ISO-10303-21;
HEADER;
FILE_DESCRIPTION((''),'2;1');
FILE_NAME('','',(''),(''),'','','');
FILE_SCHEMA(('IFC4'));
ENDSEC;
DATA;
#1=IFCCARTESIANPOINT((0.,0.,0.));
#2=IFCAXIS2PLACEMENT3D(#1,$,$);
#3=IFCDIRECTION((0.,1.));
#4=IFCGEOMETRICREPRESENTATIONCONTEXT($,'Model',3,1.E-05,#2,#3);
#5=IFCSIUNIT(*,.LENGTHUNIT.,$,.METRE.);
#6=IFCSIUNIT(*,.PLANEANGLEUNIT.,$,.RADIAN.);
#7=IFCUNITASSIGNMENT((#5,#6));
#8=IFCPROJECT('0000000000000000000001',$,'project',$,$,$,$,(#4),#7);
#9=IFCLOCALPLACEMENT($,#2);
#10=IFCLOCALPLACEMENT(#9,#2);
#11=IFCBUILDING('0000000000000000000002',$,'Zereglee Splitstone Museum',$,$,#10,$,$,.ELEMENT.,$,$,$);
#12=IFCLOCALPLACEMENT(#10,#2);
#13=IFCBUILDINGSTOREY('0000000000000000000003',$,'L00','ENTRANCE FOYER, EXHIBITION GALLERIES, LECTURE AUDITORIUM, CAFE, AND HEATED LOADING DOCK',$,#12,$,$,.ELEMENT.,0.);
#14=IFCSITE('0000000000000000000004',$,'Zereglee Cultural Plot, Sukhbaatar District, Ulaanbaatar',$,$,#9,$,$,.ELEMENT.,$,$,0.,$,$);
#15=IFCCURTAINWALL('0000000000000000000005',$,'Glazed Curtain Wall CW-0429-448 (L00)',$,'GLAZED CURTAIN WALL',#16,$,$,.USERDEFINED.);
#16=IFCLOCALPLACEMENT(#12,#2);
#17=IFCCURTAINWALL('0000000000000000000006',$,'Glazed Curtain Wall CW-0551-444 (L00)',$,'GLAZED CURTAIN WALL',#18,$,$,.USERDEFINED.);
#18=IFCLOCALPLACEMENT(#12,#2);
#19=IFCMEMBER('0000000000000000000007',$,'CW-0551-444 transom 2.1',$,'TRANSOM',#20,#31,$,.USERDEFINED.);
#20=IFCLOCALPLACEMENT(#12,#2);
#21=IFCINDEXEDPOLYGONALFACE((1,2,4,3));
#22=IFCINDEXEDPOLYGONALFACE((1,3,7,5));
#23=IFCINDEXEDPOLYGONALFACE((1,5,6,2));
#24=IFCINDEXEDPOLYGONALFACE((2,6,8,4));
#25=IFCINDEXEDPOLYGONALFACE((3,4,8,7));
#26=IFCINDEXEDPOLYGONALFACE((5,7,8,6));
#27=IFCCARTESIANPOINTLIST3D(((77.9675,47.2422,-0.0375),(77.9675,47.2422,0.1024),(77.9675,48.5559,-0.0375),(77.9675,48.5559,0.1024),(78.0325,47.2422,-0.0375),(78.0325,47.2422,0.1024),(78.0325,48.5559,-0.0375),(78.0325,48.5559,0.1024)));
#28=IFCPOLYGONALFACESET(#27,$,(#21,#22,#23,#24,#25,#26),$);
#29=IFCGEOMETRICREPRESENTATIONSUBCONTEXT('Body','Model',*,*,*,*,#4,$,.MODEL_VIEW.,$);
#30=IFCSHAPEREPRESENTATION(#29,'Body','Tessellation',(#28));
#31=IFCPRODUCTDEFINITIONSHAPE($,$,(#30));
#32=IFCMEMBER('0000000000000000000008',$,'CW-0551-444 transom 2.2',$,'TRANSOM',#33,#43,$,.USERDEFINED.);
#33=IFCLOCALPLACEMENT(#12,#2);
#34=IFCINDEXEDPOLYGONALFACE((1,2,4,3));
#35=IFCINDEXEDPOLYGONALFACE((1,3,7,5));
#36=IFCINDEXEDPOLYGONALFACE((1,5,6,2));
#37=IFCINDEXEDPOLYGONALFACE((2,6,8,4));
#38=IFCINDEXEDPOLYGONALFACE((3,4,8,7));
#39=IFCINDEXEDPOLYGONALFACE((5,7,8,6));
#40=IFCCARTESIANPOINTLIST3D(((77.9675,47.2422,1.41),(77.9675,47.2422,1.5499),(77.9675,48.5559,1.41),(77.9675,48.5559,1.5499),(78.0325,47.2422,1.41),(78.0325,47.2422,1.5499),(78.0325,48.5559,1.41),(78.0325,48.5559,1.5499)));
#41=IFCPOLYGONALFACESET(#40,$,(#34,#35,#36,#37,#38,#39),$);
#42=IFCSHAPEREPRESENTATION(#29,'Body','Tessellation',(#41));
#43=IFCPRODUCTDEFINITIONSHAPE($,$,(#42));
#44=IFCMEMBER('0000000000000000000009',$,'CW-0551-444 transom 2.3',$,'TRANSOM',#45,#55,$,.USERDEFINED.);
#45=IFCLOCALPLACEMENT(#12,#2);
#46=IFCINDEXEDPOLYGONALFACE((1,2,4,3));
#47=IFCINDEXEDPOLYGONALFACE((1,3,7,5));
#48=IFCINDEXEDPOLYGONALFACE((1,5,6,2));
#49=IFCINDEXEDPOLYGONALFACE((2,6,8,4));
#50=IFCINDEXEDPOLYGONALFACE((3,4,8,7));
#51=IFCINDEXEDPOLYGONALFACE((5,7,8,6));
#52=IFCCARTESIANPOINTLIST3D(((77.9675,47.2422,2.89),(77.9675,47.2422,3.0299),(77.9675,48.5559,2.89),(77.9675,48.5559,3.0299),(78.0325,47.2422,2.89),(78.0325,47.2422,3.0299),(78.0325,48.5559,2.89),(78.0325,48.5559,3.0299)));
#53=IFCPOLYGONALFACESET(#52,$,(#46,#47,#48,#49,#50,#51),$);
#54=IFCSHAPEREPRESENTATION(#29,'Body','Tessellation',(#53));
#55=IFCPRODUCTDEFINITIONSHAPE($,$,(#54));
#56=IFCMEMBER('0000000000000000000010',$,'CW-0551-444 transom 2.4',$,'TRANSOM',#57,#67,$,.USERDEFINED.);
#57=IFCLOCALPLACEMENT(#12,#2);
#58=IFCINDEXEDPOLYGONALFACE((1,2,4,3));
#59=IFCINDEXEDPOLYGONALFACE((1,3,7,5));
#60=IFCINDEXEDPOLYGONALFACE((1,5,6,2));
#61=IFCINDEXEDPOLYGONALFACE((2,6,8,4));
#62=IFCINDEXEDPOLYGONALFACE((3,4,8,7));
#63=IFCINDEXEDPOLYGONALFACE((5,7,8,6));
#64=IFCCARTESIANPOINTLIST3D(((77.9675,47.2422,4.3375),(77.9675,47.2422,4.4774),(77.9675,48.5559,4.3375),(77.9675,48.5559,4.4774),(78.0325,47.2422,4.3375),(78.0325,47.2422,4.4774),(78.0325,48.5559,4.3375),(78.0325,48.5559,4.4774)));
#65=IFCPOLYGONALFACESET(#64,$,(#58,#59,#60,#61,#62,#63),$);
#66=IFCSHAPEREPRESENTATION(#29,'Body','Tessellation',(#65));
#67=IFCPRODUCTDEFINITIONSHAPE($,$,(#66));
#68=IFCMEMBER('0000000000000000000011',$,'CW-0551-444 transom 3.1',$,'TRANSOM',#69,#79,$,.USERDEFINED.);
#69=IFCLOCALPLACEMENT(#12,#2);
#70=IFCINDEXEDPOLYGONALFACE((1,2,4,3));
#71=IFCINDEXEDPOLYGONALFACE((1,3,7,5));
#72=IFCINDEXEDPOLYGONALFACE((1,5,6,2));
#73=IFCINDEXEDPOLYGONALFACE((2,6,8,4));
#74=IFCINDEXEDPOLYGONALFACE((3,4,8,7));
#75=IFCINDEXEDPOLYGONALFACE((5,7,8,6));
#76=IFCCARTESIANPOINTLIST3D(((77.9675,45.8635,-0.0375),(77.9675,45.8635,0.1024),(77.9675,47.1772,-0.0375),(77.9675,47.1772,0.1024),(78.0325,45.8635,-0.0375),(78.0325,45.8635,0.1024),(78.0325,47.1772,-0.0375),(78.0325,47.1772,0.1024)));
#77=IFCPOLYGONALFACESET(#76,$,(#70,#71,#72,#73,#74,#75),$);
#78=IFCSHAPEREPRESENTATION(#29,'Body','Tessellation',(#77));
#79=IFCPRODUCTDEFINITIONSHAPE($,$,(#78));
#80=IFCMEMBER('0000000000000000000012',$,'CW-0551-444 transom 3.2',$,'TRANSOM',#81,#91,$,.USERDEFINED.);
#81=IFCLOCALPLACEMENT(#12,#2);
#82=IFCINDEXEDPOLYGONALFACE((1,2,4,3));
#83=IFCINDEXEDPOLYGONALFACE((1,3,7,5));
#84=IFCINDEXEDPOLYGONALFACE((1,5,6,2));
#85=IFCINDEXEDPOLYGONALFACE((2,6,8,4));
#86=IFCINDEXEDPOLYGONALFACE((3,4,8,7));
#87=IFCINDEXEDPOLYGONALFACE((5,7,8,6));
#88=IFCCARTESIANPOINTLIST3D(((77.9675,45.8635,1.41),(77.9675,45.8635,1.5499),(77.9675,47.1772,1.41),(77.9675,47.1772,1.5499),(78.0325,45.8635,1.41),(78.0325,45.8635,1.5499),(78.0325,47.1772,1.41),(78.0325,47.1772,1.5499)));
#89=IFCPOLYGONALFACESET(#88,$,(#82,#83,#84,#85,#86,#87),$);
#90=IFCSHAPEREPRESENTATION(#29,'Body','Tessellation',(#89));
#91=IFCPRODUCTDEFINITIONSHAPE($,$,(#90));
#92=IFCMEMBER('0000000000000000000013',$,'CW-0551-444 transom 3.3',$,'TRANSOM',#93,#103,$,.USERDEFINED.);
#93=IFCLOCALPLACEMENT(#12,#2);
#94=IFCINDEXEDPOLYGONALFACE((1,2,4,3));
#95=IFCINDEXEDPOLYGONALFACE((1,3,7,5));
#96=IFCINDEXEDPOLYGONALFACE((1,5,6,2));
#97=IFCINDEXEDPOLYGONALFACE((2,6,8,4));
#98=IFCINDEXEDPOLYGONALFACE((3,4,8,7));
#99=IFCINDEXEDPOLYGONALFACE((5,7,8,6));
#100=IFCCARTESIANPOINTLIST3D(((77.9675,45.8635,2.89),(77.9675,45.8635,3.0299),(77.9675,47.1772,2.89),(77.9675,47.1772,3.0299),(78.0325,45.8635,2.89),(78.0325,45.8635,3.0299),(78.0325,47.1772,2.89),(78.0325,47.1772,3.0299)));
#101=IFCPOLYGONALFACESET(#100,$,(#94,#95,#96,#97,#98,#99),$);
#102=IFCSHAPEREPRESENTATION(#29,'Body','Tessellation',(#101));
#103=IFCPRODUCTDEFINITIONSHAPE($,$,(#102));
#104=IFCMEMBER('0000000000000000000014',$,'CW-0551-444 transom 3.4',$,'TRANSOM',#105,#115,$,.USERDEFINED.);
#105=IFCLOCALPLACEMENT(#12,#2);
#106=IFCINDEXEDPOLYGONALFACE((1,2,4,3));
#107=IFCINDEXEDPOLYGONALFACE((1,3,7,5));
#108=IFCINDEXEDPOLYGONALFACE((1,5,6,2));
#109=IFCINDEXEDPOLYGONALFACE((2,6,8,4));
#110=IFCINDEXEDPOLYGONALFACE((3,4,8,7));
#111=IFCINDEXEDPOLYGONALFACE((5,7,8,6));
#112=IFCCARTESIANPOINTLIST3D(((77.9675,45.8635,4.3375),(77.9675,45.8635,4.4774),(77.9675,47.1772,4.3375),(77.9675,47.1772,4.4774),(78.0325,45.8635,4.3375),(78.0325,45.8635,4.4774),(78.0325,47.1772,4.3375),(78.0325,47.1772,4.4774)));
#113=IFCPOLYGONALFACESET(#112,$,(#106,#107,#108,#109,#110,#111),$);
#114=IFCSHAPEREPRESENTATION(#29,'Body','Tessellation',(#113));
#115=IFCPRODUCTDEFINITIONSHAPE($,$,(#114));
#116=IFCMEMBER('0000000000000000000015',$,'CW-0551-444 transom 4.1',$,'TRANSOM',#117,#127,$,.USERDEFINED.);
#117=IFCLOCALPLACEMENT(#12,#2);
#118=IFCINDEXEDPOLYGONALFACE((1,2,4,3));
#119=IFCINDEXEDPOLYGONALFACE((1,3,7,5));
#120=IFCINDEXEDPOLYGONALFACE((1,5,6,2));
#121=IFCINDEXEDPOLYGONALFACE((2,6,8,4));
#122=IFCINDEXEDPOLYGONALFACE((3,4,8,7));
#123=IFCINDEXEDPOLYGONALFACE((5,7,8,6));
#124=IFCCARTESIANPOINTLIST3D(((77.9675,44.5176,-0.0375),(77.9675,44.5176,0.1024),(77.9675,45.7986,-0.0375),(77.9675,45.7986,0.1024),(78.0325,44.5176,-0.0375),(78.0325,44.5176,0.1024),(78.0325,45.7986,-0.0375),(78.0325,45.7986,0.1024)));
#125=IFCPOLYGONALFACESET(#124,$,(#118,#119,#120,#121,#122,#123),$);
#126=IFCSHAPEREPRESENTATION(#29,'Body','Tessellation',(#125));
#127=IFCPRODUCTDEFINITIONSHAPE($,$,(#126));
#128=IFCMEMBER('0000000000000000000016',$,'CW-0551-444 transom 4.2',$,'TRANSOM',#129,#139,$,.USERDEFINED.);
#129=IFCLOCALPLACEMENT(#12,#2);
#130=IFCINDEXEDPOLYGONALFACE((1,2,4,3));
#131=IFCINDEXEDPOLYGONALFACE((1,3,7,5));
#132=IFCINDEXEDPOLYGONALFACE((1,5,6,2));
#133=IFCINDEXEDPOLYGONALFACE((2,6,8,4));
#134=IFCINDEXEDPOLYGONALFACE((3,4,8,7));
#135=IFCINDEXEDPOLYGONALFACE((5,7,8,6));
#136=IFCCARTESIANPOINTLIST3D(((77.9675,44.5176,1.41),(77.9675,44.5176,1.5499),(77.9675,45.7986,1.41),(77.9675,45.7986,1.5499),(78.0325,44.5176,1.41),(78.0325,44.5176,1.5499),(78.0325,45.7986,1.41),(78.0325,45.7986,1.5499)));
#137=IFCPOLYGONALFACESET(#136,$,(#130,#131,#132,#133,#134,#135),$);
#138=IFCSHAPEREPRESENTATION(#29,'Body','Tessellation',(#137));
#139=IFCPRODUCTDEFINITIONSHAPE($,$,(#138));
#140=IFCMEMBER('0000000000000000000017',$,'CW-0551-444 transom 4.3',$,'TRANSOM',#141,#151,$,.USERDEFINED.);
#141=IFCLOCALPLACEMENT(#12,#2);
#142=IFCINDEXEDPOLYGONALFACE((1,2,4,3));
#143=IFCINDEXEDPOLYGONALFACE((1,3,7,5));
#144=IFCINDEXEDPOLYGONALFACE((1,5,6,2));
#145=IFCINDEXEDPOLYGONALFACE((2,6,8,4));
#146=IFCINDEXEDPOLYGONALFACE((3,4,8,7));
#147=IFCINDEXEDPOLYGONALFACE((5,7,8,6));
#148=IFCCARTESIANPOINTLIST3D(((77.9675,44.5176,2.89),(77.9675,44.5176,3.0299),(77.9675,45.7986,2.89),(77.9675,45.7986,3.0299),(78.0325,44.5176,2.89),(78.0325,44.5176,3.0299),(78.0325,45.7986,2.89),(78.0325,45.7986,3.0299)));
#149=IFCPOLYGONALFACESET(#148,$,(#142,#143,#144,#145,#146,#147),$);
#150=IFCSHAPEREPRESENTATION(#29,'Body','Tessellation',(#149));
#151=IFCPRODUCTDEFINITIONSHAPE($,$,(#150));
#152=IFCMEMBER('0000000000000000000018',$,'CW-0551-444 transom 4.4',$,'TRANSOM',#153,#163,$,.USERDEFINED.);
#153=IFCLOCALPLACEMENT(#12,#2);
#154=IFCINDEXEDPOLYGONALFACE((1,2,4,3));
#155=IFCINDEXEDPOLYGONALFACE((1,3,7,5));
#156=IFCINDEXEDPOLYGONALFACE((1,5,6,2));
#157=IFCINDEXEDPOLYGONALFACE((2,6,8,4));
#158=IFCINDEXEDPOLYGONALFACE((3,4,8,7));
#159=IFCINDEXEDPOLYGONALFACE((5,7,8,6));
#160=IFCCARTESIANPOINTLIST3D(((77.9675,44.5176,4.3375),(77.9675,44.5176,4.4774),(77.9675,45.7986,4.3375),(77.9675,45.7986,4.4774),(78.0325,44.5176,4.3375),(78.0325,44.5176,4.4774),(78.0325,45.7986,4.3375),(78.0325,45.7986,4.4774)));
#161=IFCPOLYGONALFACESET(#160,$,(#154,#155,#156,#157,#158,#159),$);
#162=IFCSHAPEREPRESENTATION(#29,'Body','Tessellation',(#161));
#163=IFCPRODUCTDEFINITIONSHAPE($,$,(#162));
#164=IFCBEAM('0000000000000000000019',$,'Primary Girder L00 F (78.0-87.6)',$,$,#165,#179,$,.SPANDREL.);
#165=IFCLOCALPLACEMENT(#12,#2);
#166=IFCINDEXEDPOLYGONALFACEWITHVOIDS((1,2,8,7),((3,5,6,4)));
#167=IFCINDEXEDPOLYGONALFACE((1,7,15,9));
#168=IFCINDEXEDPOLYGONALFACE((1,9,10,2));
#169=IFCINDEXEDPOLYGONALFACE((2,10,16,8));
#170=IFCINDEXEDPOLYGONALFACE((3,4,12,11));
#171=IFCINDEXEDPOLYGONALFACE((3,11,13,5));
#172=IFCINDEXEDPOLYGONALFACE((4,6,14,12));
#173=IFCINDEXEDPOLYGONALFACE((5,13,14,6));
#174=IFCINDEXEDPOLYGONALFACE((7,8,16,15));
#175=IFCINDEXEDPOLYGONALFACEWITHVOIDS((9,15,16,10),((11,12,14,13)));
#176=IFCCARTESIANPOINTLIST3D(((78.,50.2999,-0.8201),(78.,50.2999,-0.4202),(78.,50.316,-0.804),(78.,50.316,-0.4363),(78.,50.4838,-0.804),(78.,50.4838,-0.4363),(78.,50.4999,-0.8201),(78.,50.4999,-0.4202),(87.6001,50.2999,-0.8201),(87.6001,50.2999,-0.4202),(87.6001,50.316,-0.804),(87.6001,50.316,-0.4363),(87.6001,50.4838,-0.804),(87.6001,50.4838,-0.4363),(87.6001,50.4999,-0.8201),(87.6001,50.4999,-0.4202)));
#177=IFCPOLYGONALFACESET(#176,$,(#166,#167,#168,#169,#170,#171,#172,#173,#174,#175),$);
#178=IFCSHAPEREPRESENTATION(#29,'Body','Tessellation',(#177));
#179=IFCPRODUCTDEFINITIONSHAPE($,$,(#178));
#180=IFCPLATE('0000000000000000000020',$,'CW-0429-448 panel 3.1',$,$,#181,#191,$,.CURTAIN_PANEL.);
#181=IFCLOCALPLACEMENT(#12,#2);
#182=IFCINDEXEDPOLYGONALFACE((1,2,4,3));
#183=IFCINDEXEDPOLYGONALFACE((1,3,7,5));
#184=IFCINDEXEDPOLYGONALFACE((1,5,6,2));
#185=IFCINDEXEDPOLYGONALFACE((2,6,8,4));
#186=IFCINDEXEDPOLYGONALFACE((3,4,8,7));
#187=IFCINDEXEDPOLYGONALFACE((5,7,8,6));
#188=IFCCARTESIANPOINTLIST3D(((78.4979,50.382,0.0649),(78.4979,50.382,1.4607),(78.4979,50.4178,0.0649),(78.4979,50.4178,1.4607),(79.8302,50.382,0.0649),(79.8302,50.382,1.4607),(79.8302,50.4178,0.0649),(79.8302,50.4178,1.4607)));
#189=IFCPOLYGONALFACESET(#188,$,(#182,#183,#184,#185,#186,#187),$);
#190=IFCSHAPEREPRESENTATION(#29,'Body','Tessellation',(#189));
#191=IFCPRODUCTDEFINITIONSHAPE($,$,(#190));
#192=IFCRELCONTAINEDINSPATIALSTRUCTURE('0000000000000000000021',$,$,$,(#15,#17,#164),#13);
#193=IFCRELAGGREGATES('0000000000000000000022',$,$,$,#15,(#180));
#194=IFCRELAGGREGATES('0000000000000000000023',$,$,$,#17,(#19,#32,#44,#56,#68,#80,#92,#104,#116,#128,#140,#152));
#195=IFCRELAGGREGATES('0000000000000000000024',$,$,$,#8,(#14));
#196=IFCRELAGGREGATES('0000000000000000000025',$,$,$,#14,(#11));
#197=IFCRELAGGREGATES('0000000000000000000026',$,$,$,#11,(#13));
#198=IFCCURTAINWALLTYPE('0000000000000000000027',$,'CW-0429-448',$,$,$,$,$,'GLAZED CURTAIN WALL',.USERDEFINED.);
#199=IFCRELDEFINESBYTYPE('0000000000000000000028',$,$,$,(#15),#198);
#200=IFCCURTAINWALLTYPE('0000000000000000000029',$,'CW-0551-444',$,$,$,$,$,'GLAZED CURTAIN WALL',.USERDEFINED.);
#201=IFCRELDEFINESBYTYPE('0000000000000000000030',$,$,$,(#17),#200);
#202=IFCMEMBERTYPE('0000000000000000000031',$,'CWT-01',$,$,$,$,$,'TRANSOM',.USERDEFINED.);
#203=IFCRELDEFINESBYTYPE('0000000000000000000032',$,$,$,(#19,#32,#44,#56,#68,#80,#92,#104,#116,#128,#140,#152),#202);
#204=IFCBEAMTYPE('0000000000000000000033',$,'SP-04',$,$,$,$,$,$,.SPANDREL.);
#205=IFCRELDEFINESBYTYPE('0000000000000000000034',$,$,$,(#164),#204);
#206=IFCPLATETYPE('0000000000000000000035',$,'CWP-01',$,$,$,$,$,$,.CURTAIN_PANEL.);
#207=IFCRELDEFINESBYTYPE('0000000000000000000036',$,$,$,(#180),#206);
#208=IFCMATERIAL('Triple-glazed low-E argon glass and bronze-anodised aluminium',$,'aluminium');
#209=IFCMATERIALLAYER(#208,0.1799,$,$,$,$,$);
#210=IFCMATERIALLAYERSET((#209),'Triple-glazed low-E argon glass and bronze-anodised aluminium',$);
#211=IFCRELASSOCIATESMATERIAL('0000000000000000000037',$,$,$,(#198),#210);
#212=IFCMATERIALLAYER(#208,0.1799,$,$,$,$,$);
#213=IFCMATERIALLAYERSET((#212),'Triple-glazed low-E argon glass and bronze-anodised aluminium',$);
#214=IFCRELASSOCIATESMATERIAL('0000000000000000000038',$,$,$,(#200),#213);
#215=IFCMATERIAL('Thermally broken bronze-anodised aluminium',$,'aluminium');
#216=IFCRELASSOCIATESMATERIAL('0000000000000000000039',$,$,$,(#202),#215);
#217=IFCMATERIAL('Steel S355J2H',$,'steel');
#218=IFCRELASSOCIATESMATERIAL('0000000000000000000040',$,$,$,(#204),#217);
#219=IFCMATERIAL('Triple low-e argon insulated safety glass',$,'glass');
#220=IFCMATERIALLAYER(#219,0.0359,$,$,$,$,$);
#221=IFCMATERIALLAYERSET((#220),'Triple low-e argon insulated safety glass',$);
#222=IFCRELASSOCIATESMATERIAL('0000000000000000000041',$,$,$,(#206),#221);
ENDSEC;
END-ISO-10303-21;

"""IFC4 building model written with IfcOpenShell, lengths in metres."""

from ifc_helpers import new_model, si_unit, direction, frame, origin, origin_2d, place, context, subcontext, project, spatial, rectangle, hollow_rectangle, extrude, material, layer, layer_set, material_profile, profile_set, type_object, element, aggregate, save


model = new_model("IFC4")

# Units and contexts
model_context = context("Model", 3, precision=1e-05, world=origin(), true_north=direction((0.0, 1.0)))
body_context = subcontext(model_context, "Body", "Model", "MODEL_VIEW")
ifc_project = project(units=[si_unit("LENGTHUNIT", "METRE"), si_unit("PLANEANGLEUNIT", "RADIAN")], contexts=[model_context])

# Site, building, storey
site_placement = place(None, origin())
site = spatial("IfcSite", under=ifc_project, at=site_placement, Name="Zereglee Cultural Plot, Sukhbaatar District, Ulaanbaatar", CompositionType="ELEMENT", RefElevation=0.0)
building_placement = place(site_placement, origin())
building = spatial("IfcBuilding", under=site, at=building_placement, Name="Zereglee Splitstone Museum", CompositionType="ELEMENT")
storey_placement = place(building_placement, origin())
storey = spatial("IfcBuildingStorey", under=building, at=storey_placement, Name="L00", Description="ENTRANCE FOYER, EXHIBITION GALLERIES, LECTURE AUDITORIUM, CAFE, AND HEATED LOADING DOCK", CompositionType="ELEMENT", Elevation=0.0)

# Curtain wall
ifc_material_1 = material(Name="Triple-glazed low-E argon glass and bronze-anodised aluminium", Category="aluminium")
ifc_layer_1 = layer(ifc_material_1, 0.1799)
ifc_layer_set_1 = layer_set([ifc_layer_1], Name="Triple-glazed low-E argon glass and bronze-anodised aluminium")
curtain_wall_type_1 = type_object("IfcCurtainWallType", Name="CW-0429-448", ElementType="GLAZED CURTAIN WALL", PredefinedType="USERDEFINED", material=ifc_layer_set_1)
curtain_wall_1_placement = place(storey_placement, origin())
curtain_wall_1 = element("IfcCurtainWall", 1, at=curtain_wall_1_placement, inside=storey, type_object=curtain_wall_type_1, Name="Glazed Curtain Wall CW-0429-448 (L00)", ObjectType="GLAZED CURTAIN WALL", PredefinedType="USERDEFINED")
ifc_material_2 = material(Name="Thermally broken bronze-anodised aluminium", Category="aluminium")

# Curtain wall
ifc_layer_2 = layer(ifc_material_1, 0.1799)
ifc_layer_set_2 = layer_set([ifc_layer_2], Name="Triple-glazed low-E argon glass and bronze-anodised aluminium")
curtain_wall_type_2 = type_object("IfcCurtainWallType", Name="CW-0551-444", ElementType="GLAZED CURTAIN WALL", PredefinedType="USERDEFINED", material=ifc_layer_set_2)
curtain_wall_2_placement = place(storey_placement, origin())
curtain_wall_2 = element("IfcCurtainWall", 2, at=curtain_wall_2_placement, inside=storey, type_object=curtain_wall_type_2, Name="Glazed Curtain Wall CW-0551-444 (L00)", ObjectType="GLAZED CURTAIN WALL", PredefinedType="USERDEFINED")

# Members
ifc_material_profile_1 = material_profile(ifc_material_2, rectangle(XDim=0.0649, YDim=0.1399, at=origin_2d()), Name="CW TRAN 65x140")
ifc_profile_set_1 = profile_set([ifc_material_profile_1], Name="Thermally broken bronze-anodised aluminium")
member_type_1 = type_object("IfcMemberType", Name="CWT-01", ElementType="TRANSOM", PredefinedType="USERDEFINED", material=ifc_profile_set_1)
member_1_placement = place(storey_placement, frame((78.0, 48.5559, 0.0325), z_axis=(0.0, -1.0, 0.0), x_axis=(1.0, 0.0, 0.0)))
member_1 = element("IfcMember", 3, at=member_1_placement, type_object=member_type_1, Name="CW-0551-444 transom 2.1", ObjectType="TRANSOM", PredefinedType="USERDEFINED", context=body_context, shape_type="SweptSolid", body=[
    extrude(rectangle(XDim=0.0649, YDim=0.1399, at=origin_2d()), origin(), (0.0, 0.0, 1.0), 1.3137),
])
member_2_placement = place(storey_placement, frame((78.0, 48.5559, 1.48), z_axis=(0.0, -1.0, 0.0), x_axis=(1.0, 0.0, 0.0)))
member_2 = element("IfcMember", 4, at=member_2_placement, type_object=member_type_1, Name="CW-0551-444 transom 2.2", ObjectType="TRANSOM", PredefinedType="USERDEFINED", context=body_context, shape_type="SweptSolid", body=[
    extrude(rectangle(XDim=0.0649, YDim=0.1399, at=origin_2d()), origin(), (0.0, 0.0, 1.0), 1.3137),
])
member_3_placement = place(storey_placement, frame((78.0, 48.5559, 2.96), z_axis=(0.0, -1.0, 0.0), x_axis=(1.0, 0.0, 0.0)))
member_3 = element("IfcMember", 5, at=member_3_placement, type_object=member_type_1, Name="CW-0551-444 transom 2.3", ObjectType="TRANSOM", PredefinedType="USERDEFINED", context=body_context, shape_type="SweptSolid", body=[
    extrude(rectangle(XDim=0.0649, YDim=0.1399, at=origin_2d()), origin(), (0.0, 0.0, 1.0), 1.3137),
])
member_4_placement = place(storey_placement, frame((78.0, 48.5559, 4.4075), z_axis=(0.0, -1.0, 0.0), x_axis=(1.0, 0.0, 0.0)))
member_4 = element("IfcMember", 6, at=member_4_placement, type_object=member_type_1, Name="CW-0551-444 transom 2.4", ObjectType="TRANSOM", PredefinedType="USERDEFINED", context=body_context, shape_type="SweptSolid", body=[
    extrude(rectangle(XDim=0.0649, YDim=0.1399, at=origin_2d()), origin(), (0.0, 0.0, 1.0), 1.3137),
])
member_5_placement = place(storey_placement, frame((78.0, 47.1772, 0.0325), z_axis=(0.0, -1.0, 0.0), x_axis=(1.0, 0.0, 0.0)))
member_5 = element("IfcMember", 7, at=member_5_placement, type_object=member_type_1, Name="CW-0551-444 transom 3.1", ObjectType="TRANSOM", PredefinedType="USERDEFINED", context=body_context, shape_type="SweptSolid", body=[
    extrude(rectangle(XDim=0.0649, YDim=0.1399, at=origin_2d()), origin(), (0.0, 0.0, 1.0), 1.3137),
])
member_6_placement = place(storey_placement, frame((78.0, 47.1772, 1.48), z_axis=(0.0, -1.0, 0.0), x_axis=(1.0, 0.0, 0.0)))
member_6 = element("IfcMember", 8, at=member_6_placement, type_object=member_type_1, Name="CW-0551-444 transom 3.2", ObjectType="TRANSOM", PredefinedType="USERDEFINED", context=body_context, shape_type="SweptSolid", body=[
    extrude(rectangle(XDim=0.0649, YDim=0.1399, at=origin_2d()), origin(), (0.0, 0.0, 1.0), 1.3137),
])
member_7_placement = place(storey_placement, frame((78.0, 47.1772, 2.96), z_axis=(0.0, -1.0, 0.0), x_axis=(1.0, 0.0, 0.0)))
member_7 = element("IfcMember", 9, at=member_7_placement, type_object=member_type_1, Name="CW-0551-444 transom 3.3", ObjectType="TRANSOM", PredefinedType="USERDEFINED", context=body_context, shape_type="SweptSolid", body=[
    extrude(rectangle(XDim=0.0649, YDim=0.1399, at=origin_2d()), origin(), (0.0, 0.0, 1.0), 1.3137),
])
member_8_placement = place(storey_placement, frame((78.0, 47.1772, 4.4075), z_axis=(0.0, -1.0, 0.0), x_axis=(1.0, 0.0, 0.0)))
member_8 = element("IfcMember", 10, at=member_8_placement, type_object=member_type_1, Name="CW-0551-444 transom 3.4", ObjectType="TRANSOM", PredefinedType="USERDEFINED", context=body_context, shape_type="SweptSolid", body=[
    extrude(rectangle(XDim=0.0649, YDim=0.1399, at=origin_2d()), origin(), (0.0, 0.0, 1.0), 1.3137),
])
member_9_placement = place(storey_placement, frame((78.0, 45.7986, 0.0325), z_axis=(0.0, -1.0, 0.0), x_axis=(1.0, 0.0, 0.0)))
member_9 = element("IfcMember", 11, at=member_9_placement, type_object=member_type_1, Name="CW-0551-444 transom 4.1", ObjectType="TRANSOM", PredefinedType="USERDEFINED", context=body_context, shape_type="SweptSolid", body=[
    extrude(rectangle(XDim=0.0649, YDim=0.1399, at=origin_2d()), origin(), (0.0, 0.0, 1.0), 1.281),
])
member_10_placement = place(storey_placement, frame((78.0, 45.7986, 1.48), z_axis=(0.0, -1.0, 0.0), x_axis=(1.0, 0.0, 0.0)))
member_10 = element("IfcMember", 12, at=member_10_placement, type_object=member_type_1, Name="CW-0551-444 transom 4.2", ObjectType="TRANSOM", PredefinedType="USERDEFINED", context=body_context, shape_type="SweptSolid", body=[
    extrude(rectangle(XDim=0.0649, YDim=0.1399, at=origin_2d()), origin(), (0.0, 0.0, 1.0), 1.281),
])
member_11_placement = place(storey_placement, frame((78.0, 45.7986, 2.96), z_axis=(0.0, -1.0, 0.0), x_axis=(1.0, 0.0, 0.0)))
member_11 = element("IfcMember", 13, at=member_11_placement, type_object=member_type_1, Name="CW-0551-444 transom 4.3", ObjectType="TRANSOM", PredefinedType="USERDEFINED", context=body_context, shape_type="SweptSolid", body=[
    extrude(rectangle(XDim=0.0649, YDim=0.1399, at=origin_2d()), origin(), (0.0, 0.0, 1.0), 1.281),
])
member_12_placement = place(storey_placement, frame((78.0, 45.7986, 4.4075), z_axis=(0.0, -1.0, 0.0), x_axis=(1.0, 0.0, 0.0)))
member_12 = element("IfcMember", 14, at=member_12_placement, type_object=member_type_1, Name="CW-0551-444 transom 4.4", ObjectType="TRANSOM", PredefinedType="USERDEFINED", context=body_context, shape_type="SweptSolid", body=[
    extrude(rectangle(XDim=0.0649, YDim=0.1399, at=origin_2d()), origin(), (0.0, 0.0, 1.0), 1.281),
])

# Beam
ifc_material_3 = material(Name="Steel S355J2H", Category="steel")
ifc_material_profile_2 = material_profile(ifc_material_3, hollow_rectangle(XDim=0.2, YDim=0.3999, WallThickness=0.0161, at=origin_2d()), Name="RHS 400x200x16")
ifc_profile_set_2 = profile_set([ifc_material_profile_2], Name="Steel S355J2H")
beam_type = type_object("IfcBeamType", Name="SP-04", PredefinedType="SPANDREL", material=ifc_profile_set_2)
beam_placement = place(storey_placement, frame((78.0, 50.3999, -0.6201), z_axis=(1.0, 0.0, 0.0), x_axis=(0.0, 1.0, 0.0)))
element("IfcBeam", 15, at=beam_placement, inside=storey, type_object=beam_type, Name="Primary Girder L00 F (78.0-87.6)", PredefinedType="SPANDREL", context=body_context, shape_type="SweptSolid", body=[
    extrude(hollow_rectangle(XDim=0.2, YDim=0.3999, WallThickness=0.0161, at=origin_2d()), origin(), (0.0, 0.0, 1.0), 9.6001),
])

# Plate
ifc_material_4 = material(Name="Triple low-e argon insulated safety glass", Category="glass")
ifc_layer_3 = layer(ifc_material_4, 0.0359)
ifc_layer_set_3 = layer_set([ifc_layer_3], Name="Triple low-e argon insulated safety glass")
plate_type = type_object("IfcPlateType", Name="CWP-01", PredefinedType="CURTAIN_PANEL", material=ifc_layer_set_3)
plate_1_placement = place(storey_placement, frame((79.1641, 50.3999, 0.0649), z_axis=(0.0, 0.0, 1.0), x_axis=(-1.0, 0.0, 0.0)))
plate_1 = element("IfcPlate", 16, at=plate_1_placement, type_object=plate_type, Name="CW-0429-448 panel 3.1", PredefinedType="CURTAIN_PANEL", context=body_context, shape_type="SweptSolid", body=[
    extrude(rectangle(XDim=1.3323, YDim=0.0359, at=origin_2d()), origin(), (0.0, 0.0, 1.0), 1.3958),
])
aggregate(curtain_wall_1, [plate_1])
aggregate(curtain_wall_2, [member_1, member_2, member_3, member_4, member_5, member_6, member_7, member_8, member_9, member_10, member_11, member_12])

save(model, "model.ifc")
